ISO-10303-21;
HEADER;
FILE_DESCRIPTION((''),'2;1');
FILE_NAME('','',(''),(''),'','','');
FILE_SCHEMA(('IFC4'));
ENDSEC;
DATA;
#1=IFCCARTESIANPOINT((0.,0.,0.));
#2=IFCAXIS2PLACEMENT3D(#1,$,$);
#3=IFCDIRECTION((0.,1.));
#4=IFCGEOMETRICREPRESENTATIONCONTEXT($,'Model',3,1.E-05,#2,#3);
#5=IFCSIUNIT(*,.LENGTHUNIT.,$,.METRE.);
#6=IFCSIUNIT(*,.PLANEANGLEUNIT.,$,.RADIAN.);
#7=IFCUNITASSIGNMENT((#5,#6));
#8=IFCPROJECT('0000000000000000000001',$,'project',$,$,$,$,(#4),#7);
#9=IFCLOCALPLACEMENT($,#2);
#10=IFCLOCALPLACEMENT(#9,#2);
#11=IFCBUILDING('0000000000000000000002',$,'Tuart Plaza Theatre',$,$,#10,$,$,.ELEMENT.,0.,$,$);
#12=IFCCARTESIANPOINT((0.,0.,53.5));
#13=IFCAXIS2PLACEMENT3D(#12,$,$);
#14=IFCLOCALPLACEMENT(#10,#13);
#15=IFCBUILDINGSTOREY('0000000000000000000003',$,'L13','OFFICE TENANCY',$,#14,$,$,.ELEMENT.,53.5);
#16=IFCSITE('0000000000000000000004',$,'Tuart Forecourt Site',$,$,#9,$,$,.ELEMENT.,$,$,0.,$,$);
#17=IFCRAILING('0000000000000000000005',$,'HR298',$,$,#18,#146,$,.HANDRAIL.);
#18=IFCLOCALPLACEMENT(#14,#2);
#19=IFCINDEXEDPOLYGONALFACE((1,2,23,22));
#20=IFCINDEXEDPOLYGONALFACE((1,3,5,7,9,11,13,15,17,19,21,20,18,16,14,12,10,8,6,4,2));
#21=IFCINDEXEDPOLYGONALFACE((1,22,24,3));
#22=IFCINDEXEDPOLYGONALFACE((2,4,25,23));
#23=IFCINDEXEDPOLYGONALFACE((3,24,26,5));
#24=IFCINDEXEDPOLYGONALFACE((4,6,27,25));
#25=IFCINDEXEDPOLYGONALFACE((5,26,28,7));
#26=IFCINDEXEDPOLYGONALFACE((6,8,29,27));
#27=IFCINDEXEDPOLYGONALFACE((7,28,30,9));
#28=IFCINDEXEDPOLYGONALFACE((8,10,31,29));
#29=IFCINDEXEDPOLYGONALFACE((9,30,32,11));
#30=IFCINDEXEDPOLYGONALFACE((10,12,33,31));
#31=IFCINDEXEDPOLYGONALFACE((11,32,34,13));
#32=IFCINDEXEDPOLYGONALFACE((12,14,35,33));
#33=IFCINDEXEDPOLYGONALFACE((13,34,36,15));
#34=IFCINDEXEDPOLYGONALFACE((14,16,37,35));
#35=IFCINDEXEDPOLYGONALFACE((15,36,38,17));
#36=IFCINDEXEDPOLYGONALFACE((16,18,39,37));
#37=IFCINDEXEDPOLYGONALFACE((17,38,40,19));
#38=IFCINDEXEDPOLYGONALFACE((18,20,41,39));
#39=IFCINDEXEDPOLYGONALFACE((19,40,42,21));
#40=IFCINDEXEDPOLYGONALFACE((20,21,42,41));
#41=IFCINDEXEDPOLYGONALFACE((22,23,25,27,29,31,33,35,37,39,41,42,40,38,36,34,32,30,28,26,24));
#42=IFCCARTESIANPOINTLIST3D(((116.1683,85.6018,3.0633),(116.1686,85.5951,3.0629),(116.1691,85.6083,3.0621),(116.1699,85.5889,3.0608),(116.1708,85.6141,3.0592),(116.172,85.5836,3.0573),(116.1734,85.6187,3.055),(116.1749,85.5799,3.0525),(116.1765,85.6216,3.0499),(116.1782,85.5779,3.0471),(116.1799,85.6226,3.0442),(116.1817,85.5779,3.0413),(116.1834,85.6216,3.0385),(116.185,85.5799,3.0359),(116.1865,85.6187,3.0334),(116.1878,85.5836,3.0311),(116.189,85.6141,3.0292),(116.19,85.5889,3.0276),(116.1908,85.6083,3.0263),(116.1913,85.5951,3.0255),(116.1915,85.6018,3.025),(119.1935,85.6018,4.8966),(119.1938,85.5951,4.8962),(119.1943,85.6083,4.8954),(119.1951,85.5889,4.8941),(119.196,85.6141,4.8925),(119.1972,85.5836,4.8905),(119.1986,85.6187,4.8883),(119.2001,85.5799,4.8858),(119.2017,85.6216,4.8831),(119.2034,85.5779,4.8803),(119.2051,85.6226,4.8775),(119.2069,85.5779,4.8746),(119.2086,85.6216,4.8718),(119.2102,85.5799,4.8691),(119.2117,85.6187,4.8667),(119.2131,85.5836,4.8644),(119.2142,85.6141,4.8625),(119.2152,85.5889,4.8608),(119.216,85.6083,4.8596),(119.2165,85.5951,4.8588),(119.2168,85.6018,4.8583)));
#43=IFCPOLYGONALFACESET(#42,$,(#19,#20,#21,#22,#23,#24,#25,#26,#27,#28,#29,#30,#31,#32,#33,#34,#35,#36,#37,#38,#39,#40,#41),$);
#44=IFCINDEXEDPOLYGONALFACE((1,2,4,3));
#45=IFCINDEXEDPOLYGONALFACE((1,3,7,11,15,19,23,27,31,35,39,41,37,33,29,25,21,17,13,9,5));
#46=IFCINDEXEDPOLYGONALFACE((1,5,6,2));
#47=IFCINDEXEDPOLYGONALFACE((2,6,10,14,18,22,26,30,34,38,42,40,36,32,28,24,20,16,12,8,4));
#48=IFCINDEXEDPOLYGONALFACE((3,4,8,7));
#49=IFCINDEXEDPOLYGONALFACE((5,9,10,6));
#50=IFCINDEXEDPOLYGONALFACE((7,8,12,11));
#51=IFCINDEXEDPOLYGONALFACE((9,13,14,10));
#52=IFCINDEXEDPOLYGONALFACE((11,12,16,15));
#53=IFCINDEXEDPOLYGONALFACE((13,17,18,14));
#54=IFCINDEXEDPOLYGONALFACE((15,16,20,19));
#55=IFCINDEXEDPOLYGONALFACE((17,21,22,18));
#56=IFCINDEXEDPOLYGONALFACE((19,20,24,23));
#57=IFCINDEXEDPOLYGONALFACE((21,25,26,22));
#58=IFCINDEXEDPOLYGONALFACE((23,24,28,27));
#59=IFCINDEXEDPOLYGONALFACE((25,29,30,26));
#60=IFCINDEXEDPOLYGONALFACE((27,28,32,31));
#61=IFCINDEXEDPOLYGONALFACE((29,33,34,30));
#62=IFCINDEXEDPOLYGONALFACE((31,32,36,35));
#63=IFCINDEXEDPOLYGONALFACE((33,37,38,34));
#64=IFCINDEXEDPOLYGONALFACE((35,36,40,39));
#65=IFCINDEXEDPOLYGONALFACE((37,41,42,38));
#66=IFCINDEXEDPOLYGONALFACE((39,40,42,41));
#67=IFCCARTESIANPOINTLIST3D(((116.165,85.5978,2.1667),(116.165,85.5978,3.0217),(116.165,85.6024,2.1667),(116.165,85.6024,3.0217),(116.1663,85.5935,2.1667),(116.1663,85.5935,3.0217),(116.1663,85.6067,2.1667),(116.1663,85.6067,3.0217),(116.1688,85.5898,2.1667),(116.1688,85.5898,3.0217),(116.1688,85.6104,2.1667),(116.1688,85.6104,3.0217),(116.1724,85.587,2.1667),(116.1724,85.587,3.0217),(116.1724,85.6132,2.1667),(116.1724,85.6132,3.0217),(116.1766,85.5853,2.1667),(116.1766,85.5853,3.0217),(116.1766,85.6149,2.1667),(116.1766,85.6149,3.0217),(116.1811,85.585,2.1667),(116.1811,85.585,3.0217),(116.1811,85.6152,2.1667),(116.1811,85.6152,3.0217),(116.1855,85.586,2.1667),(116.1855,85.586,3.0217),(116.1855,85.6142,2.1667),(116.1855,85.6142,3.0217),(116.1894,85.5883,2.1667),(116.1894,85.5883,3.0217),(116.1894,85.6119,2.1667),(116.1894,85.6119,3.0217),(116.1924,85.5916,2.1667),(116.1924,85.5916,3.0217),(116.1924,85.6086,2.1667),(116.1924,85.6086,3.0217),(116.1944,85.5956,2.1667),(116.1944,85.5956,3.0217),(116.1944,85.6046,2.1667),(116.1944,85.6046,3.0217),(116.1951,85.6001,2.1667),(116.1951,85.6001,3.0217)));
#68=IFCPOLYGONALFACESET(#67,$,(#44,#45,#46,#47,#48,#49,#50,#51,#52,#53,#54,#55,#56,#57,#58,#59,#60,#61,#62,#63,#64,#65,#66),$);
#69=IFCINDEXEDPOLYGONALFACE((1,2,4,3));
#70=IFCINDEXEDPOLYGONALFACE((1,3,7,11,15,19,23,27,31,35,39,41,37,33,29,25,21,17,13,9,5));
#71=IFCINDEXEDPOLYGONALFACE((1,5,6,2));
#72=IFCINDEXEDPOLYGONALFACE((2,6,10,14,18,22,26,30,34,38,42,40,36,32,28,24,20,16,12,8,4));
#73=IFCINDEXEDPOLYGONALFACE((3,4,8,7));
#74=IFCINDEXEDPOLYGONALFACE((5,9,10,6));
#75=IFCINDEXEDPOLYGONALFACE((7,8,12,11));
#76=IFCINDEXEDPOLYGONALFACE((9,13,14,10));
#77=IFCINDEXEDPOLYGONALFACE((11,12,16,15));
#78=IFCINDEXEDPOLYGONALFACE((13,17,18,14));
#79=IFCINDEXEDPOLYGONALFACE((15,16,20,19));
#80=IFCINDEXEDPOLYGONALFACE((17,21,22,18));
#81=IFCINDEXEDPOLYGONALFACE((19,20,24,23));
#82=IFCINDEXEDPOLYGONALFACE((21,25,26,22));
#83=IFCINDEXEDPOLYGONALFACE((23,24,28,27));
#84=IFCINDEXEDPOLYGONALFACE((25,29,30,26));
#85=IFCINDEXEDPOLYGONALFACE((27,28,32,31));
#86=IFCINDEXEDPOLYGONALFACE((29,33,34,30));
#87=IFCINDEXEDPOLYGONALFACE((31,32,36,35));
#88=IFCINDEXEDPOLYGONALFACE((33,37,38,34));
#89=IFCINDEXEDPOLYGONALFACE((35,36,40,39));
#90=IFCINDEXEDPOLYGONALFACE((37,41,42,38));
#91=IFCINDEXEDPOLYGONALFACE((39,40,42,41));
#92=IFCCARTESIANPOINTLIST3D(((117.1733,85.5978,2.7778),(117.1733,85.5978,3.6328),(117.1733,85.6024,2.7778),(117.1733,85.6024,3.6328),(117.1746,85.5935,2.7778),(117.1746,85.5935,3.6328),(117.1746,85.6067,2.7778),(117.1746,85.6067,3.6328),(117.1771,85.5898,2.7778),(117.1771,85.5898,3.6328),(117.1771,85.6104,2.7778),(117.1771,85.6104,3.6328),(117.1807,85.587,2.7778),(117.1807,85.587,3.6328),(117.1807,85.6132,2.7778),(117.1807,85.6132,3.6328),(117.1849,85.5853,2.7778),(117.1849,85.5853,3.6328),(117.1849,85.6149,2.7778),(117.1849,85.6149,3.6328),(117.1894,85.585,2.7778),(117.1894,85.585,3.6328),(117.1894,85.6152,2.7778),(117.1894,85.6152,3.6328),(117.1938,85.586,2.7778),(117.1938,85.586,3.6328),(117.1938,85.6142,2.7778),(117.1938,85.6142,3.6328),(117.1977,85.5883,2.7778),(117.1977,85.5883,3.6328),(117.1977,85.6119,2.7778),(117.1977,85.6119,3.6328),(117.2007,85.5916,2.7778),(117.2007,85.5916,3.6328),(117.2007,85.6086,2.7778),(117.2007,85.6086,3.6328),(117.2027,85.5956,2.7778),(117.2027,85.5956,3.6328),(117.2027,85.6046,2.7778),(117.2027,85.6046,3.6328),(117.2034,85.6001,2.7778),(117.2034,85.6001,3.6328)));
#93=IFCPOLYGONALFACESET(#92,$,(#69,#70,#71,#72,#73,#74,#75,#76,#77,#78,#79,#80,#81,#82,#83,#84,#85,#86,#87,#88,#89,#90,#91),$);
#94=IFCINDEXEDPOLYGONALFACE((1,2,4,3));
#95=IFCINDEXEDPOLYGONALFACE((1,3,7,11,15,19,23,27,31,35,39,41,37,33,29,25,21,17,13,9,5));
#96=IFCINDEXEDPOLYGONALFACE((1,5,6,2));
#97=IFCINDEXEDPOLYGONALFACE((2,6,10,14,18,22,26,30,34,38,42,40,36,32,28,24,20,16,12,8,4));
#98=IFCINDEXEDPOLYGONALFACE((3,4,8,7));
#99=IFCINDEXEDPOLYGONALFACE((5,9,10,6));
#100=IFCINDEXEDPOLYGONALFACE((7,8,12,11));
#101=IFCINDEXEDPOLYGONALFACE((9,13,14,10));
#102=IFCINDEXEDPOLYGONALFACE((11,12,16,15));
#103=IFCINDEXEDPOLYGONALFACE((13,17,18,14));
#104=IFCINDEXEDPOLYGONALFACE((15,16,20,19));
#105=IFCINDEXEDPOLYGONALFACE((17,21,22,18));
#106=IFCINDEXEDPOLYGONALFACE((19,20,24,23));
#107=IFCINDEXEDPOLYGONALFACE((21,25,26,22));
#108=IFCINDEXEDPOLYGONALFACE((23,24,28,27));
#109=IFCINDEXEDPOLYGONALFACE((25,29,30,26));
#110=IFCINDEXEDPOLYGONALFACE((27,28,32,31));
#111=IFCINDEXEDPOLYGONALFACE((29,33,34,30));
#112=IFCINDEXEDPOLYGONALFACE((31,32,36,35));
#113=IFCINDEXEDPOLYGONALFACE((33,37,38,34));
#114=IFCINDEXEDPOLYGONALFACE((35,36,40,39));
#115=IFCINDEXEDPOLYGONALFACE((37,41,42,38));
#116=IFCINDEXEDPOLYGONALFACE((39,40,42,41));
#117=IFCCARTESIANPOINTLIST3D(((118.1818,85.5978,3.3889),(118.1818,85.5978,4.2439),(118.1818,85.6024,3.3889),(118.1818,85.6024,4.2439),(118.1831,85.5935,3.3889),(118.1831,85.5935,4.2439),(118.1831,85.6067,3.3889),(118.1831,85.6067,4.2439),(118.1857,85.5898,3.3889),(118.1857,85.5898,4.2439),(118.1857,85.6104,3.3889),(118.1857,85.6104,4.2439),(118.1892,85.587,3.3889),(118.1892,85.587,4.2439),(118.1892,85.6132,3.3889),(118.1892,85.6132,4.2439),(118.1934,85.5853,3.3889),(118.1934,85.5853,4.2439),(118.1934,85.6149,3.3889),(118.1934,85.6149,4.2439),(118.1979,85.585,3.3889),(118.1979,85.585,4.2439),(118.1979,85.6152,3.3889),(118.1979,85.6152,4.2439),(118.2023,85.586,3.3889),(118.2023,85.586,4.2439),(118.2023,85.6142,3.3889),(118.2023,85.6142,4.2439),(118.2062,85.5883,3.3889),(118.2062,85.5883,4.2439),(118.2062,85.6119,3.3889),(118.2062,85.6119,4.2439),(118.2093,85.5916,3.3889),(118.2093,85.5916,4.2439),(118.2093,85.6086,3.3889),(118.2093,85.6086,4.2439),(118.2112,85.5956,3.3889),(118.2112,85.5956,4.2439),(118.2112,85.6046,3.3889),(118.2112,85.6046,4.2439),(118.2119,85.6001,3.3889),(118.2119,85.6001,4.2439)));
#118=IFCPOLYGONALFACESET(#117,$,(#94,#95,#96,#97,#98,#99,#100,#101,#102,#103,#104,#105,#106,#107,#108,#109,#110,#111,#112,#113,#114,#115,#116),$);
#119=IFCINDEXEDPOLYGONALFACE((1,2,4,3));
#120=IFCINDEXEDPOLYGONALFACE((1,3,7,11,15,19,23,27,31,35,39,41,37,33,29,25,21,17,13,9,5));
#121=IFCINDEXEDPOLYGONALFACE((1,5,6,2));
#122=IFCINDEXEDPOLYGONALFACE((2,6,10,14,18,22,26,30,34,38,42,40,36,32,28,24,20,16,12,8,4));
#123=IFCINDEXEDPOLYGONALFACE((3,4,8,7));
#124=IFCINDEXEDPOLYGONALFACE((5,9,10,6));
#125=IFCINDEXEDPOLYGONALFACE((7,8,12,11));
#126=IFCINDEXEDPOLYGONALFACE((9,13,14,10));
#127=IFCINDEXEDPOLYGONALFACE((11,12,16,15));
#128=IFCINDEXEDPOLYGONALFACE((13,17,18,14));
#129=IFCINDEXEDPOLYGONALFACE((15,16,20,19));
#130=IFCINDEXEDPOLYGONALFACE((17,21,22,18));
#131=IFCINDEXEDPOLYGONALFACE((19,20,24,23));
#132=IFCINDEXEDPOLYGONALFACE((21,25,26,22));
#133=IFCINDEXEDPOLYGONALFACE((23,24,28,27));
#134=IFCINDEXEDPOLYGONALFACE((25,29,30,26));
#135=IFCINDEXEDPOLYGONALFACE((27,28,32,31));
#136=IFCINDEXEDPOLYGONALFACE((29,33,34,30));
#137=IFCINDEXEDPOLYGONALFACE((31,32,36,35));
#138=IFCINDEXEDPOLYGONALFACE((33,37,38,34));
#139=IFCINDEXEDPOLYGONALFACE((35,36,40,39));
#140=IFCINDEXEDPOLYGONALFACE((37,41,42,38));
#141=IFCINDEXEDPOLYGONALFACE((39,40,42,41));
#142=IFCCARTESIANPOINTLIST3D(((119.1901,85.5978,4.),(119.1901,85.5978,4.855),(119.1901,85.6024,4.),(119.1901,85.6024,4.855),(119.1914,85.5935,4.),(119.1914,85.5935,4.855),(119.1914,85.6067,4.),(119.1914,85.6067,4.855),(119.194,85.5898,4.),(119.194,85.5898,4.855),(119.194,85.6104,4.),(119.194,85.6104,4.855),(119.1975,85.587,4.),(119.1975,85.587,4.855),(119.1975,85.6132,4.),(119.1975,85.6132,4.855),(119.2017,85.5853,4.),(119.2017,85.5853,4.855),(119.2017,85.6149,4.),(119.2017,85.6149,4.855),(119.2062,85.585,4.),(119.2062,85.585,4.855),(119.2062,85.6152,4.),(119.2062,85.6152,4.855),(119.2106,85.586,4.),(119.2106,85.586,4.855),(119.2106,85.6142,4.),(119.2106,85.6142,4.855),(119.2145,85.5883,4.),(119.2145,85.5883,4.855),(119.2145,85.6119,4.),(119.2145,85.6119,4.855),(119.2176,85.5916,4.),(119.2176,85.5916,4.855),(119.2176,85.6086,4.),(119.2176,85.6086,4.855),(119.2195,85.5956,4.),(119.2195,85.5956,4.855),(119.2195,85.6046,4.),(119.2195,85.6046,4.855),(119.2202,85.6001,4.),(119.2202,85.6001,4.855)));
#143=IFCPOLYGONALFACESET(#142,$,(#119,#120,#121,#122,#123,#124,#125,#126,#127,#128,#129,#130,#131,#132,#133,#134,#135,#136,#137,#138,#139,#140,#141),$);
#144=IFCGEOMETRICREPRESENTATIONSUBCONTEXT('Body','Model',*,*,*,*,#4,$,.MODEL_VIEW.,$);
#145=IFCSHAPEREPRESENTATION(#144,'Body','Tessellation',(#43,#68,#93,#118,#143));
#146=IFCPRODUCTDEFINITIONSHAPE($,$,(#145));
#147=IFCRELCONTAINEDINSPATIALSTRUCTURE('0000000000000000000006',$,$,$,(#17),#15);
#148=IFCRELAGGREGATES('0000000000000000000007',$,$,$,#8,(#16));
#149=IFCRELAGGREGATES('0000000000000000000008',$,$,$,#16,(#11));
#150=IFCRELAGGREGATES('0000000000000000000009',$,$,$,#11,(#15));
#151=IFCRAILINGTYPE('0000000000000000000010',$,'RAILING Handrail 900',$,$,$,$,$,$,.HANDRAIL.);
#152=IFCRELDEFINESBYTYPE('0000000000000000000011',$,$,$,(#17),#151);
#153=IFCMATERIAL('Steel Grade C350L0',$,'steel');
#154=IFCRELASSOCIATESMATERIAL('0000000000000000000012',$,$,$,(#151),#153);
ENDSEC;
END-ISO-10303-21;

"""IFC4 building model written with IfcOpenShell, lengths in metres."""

from ifc_helpers import new_model, si_unit, direction, frame, origin, origin_2d, place, context, subcontext, project, spatial, circle, extrude, material, type_object, element, save


model = new_model("IFC4")

# Units and contexts
model_context = context("Model", 3, precision=1e-05, world=origin(), true_north=direction((0.0, 1.0)))
body_context = subcontext(model_context, "Body", "Model", "MODEL_VIEW")
ifc_project = project(units=[si_unit("LENGTHUNIT", "METRE"), si_unit("PLANEANGLEUNIT", "RADIAN")], contexts=[model_context])

# Site, building, storey
site_placement = place(None, origin())
site = spatial("IfcSite", under=ifc_project, at=site_placement, Name="Tuart Forecourt Site", CompositionType="ELEMENT", RefElevation=0.0)
building_placement = place(site_placement, origin())
building = spatial("IfcBuilding", under=site, at=building_placement, Name="Tuart Plaza Theatre", CompositionType="ELEMENT", ElevationOfRefHeight=0.0)
storey_placement = place(building_placement, frame((0.0, 0.0, 53.5)))
storey = spatial("IfcBuildingStorey", under=building, at=storey_placement, Name="L13", Description="OFFICE TENANCY", CompositionType="ELEMENT", Elevation=53.5)

# Railing
ifc_material_1 = material(Name="Steel Grade C350L0", Category="steel")
railing_type_1 = type_object("IfcRailingType", Name="RAILING Handrail 900", PredefinedType="HANDRAIL", material=ifc_material_1)
for number, where, name in (
    (1, (116.1799, 85.6001, 2.1667), "HR298"),
):
    element("IfcRailing", number, at=place(storey_placement, frame(where)), inside=storey, type_object=railing_type_1, Name=name, PredefinedType="HANDRAIL", context=body_context, shape_type="SweptSolid", body=[
        extrude(circle(Radius=0.0225, at=origin_2d()), frame((0.0, 0.0, 0.8774), z_axis=(0.855219, 0.0, 0.518267), x_axis=(0.0, 1.0, 0.0)), (0.0, 0.0, 1.0), 3.5374),
        extrude(circle(Radius=0.0151, at=origin_2d()), origin(), (0.0, 0.0, 1.0), 0.855),
        extrude(circle(Radius=0.0151, at=origin_2d()), frame((1.0083, 0.0, 0.6111)), (0.0, 0.0, 1.0), 0.855),
        extrude(circle(Radius=0.0151, at=origin_2d()), frame((2.0168, 0.0, 1.2222)), (0.0, 0.0, 1.0), 0.855),
        extrude(circle(Radius=0.0151, at=origin_2d()), frame((3.0251, 0.0, 1.8333)), (0.0, 0.0, 1.0), 0.855),
    ])

save(model, "model.ifc")
